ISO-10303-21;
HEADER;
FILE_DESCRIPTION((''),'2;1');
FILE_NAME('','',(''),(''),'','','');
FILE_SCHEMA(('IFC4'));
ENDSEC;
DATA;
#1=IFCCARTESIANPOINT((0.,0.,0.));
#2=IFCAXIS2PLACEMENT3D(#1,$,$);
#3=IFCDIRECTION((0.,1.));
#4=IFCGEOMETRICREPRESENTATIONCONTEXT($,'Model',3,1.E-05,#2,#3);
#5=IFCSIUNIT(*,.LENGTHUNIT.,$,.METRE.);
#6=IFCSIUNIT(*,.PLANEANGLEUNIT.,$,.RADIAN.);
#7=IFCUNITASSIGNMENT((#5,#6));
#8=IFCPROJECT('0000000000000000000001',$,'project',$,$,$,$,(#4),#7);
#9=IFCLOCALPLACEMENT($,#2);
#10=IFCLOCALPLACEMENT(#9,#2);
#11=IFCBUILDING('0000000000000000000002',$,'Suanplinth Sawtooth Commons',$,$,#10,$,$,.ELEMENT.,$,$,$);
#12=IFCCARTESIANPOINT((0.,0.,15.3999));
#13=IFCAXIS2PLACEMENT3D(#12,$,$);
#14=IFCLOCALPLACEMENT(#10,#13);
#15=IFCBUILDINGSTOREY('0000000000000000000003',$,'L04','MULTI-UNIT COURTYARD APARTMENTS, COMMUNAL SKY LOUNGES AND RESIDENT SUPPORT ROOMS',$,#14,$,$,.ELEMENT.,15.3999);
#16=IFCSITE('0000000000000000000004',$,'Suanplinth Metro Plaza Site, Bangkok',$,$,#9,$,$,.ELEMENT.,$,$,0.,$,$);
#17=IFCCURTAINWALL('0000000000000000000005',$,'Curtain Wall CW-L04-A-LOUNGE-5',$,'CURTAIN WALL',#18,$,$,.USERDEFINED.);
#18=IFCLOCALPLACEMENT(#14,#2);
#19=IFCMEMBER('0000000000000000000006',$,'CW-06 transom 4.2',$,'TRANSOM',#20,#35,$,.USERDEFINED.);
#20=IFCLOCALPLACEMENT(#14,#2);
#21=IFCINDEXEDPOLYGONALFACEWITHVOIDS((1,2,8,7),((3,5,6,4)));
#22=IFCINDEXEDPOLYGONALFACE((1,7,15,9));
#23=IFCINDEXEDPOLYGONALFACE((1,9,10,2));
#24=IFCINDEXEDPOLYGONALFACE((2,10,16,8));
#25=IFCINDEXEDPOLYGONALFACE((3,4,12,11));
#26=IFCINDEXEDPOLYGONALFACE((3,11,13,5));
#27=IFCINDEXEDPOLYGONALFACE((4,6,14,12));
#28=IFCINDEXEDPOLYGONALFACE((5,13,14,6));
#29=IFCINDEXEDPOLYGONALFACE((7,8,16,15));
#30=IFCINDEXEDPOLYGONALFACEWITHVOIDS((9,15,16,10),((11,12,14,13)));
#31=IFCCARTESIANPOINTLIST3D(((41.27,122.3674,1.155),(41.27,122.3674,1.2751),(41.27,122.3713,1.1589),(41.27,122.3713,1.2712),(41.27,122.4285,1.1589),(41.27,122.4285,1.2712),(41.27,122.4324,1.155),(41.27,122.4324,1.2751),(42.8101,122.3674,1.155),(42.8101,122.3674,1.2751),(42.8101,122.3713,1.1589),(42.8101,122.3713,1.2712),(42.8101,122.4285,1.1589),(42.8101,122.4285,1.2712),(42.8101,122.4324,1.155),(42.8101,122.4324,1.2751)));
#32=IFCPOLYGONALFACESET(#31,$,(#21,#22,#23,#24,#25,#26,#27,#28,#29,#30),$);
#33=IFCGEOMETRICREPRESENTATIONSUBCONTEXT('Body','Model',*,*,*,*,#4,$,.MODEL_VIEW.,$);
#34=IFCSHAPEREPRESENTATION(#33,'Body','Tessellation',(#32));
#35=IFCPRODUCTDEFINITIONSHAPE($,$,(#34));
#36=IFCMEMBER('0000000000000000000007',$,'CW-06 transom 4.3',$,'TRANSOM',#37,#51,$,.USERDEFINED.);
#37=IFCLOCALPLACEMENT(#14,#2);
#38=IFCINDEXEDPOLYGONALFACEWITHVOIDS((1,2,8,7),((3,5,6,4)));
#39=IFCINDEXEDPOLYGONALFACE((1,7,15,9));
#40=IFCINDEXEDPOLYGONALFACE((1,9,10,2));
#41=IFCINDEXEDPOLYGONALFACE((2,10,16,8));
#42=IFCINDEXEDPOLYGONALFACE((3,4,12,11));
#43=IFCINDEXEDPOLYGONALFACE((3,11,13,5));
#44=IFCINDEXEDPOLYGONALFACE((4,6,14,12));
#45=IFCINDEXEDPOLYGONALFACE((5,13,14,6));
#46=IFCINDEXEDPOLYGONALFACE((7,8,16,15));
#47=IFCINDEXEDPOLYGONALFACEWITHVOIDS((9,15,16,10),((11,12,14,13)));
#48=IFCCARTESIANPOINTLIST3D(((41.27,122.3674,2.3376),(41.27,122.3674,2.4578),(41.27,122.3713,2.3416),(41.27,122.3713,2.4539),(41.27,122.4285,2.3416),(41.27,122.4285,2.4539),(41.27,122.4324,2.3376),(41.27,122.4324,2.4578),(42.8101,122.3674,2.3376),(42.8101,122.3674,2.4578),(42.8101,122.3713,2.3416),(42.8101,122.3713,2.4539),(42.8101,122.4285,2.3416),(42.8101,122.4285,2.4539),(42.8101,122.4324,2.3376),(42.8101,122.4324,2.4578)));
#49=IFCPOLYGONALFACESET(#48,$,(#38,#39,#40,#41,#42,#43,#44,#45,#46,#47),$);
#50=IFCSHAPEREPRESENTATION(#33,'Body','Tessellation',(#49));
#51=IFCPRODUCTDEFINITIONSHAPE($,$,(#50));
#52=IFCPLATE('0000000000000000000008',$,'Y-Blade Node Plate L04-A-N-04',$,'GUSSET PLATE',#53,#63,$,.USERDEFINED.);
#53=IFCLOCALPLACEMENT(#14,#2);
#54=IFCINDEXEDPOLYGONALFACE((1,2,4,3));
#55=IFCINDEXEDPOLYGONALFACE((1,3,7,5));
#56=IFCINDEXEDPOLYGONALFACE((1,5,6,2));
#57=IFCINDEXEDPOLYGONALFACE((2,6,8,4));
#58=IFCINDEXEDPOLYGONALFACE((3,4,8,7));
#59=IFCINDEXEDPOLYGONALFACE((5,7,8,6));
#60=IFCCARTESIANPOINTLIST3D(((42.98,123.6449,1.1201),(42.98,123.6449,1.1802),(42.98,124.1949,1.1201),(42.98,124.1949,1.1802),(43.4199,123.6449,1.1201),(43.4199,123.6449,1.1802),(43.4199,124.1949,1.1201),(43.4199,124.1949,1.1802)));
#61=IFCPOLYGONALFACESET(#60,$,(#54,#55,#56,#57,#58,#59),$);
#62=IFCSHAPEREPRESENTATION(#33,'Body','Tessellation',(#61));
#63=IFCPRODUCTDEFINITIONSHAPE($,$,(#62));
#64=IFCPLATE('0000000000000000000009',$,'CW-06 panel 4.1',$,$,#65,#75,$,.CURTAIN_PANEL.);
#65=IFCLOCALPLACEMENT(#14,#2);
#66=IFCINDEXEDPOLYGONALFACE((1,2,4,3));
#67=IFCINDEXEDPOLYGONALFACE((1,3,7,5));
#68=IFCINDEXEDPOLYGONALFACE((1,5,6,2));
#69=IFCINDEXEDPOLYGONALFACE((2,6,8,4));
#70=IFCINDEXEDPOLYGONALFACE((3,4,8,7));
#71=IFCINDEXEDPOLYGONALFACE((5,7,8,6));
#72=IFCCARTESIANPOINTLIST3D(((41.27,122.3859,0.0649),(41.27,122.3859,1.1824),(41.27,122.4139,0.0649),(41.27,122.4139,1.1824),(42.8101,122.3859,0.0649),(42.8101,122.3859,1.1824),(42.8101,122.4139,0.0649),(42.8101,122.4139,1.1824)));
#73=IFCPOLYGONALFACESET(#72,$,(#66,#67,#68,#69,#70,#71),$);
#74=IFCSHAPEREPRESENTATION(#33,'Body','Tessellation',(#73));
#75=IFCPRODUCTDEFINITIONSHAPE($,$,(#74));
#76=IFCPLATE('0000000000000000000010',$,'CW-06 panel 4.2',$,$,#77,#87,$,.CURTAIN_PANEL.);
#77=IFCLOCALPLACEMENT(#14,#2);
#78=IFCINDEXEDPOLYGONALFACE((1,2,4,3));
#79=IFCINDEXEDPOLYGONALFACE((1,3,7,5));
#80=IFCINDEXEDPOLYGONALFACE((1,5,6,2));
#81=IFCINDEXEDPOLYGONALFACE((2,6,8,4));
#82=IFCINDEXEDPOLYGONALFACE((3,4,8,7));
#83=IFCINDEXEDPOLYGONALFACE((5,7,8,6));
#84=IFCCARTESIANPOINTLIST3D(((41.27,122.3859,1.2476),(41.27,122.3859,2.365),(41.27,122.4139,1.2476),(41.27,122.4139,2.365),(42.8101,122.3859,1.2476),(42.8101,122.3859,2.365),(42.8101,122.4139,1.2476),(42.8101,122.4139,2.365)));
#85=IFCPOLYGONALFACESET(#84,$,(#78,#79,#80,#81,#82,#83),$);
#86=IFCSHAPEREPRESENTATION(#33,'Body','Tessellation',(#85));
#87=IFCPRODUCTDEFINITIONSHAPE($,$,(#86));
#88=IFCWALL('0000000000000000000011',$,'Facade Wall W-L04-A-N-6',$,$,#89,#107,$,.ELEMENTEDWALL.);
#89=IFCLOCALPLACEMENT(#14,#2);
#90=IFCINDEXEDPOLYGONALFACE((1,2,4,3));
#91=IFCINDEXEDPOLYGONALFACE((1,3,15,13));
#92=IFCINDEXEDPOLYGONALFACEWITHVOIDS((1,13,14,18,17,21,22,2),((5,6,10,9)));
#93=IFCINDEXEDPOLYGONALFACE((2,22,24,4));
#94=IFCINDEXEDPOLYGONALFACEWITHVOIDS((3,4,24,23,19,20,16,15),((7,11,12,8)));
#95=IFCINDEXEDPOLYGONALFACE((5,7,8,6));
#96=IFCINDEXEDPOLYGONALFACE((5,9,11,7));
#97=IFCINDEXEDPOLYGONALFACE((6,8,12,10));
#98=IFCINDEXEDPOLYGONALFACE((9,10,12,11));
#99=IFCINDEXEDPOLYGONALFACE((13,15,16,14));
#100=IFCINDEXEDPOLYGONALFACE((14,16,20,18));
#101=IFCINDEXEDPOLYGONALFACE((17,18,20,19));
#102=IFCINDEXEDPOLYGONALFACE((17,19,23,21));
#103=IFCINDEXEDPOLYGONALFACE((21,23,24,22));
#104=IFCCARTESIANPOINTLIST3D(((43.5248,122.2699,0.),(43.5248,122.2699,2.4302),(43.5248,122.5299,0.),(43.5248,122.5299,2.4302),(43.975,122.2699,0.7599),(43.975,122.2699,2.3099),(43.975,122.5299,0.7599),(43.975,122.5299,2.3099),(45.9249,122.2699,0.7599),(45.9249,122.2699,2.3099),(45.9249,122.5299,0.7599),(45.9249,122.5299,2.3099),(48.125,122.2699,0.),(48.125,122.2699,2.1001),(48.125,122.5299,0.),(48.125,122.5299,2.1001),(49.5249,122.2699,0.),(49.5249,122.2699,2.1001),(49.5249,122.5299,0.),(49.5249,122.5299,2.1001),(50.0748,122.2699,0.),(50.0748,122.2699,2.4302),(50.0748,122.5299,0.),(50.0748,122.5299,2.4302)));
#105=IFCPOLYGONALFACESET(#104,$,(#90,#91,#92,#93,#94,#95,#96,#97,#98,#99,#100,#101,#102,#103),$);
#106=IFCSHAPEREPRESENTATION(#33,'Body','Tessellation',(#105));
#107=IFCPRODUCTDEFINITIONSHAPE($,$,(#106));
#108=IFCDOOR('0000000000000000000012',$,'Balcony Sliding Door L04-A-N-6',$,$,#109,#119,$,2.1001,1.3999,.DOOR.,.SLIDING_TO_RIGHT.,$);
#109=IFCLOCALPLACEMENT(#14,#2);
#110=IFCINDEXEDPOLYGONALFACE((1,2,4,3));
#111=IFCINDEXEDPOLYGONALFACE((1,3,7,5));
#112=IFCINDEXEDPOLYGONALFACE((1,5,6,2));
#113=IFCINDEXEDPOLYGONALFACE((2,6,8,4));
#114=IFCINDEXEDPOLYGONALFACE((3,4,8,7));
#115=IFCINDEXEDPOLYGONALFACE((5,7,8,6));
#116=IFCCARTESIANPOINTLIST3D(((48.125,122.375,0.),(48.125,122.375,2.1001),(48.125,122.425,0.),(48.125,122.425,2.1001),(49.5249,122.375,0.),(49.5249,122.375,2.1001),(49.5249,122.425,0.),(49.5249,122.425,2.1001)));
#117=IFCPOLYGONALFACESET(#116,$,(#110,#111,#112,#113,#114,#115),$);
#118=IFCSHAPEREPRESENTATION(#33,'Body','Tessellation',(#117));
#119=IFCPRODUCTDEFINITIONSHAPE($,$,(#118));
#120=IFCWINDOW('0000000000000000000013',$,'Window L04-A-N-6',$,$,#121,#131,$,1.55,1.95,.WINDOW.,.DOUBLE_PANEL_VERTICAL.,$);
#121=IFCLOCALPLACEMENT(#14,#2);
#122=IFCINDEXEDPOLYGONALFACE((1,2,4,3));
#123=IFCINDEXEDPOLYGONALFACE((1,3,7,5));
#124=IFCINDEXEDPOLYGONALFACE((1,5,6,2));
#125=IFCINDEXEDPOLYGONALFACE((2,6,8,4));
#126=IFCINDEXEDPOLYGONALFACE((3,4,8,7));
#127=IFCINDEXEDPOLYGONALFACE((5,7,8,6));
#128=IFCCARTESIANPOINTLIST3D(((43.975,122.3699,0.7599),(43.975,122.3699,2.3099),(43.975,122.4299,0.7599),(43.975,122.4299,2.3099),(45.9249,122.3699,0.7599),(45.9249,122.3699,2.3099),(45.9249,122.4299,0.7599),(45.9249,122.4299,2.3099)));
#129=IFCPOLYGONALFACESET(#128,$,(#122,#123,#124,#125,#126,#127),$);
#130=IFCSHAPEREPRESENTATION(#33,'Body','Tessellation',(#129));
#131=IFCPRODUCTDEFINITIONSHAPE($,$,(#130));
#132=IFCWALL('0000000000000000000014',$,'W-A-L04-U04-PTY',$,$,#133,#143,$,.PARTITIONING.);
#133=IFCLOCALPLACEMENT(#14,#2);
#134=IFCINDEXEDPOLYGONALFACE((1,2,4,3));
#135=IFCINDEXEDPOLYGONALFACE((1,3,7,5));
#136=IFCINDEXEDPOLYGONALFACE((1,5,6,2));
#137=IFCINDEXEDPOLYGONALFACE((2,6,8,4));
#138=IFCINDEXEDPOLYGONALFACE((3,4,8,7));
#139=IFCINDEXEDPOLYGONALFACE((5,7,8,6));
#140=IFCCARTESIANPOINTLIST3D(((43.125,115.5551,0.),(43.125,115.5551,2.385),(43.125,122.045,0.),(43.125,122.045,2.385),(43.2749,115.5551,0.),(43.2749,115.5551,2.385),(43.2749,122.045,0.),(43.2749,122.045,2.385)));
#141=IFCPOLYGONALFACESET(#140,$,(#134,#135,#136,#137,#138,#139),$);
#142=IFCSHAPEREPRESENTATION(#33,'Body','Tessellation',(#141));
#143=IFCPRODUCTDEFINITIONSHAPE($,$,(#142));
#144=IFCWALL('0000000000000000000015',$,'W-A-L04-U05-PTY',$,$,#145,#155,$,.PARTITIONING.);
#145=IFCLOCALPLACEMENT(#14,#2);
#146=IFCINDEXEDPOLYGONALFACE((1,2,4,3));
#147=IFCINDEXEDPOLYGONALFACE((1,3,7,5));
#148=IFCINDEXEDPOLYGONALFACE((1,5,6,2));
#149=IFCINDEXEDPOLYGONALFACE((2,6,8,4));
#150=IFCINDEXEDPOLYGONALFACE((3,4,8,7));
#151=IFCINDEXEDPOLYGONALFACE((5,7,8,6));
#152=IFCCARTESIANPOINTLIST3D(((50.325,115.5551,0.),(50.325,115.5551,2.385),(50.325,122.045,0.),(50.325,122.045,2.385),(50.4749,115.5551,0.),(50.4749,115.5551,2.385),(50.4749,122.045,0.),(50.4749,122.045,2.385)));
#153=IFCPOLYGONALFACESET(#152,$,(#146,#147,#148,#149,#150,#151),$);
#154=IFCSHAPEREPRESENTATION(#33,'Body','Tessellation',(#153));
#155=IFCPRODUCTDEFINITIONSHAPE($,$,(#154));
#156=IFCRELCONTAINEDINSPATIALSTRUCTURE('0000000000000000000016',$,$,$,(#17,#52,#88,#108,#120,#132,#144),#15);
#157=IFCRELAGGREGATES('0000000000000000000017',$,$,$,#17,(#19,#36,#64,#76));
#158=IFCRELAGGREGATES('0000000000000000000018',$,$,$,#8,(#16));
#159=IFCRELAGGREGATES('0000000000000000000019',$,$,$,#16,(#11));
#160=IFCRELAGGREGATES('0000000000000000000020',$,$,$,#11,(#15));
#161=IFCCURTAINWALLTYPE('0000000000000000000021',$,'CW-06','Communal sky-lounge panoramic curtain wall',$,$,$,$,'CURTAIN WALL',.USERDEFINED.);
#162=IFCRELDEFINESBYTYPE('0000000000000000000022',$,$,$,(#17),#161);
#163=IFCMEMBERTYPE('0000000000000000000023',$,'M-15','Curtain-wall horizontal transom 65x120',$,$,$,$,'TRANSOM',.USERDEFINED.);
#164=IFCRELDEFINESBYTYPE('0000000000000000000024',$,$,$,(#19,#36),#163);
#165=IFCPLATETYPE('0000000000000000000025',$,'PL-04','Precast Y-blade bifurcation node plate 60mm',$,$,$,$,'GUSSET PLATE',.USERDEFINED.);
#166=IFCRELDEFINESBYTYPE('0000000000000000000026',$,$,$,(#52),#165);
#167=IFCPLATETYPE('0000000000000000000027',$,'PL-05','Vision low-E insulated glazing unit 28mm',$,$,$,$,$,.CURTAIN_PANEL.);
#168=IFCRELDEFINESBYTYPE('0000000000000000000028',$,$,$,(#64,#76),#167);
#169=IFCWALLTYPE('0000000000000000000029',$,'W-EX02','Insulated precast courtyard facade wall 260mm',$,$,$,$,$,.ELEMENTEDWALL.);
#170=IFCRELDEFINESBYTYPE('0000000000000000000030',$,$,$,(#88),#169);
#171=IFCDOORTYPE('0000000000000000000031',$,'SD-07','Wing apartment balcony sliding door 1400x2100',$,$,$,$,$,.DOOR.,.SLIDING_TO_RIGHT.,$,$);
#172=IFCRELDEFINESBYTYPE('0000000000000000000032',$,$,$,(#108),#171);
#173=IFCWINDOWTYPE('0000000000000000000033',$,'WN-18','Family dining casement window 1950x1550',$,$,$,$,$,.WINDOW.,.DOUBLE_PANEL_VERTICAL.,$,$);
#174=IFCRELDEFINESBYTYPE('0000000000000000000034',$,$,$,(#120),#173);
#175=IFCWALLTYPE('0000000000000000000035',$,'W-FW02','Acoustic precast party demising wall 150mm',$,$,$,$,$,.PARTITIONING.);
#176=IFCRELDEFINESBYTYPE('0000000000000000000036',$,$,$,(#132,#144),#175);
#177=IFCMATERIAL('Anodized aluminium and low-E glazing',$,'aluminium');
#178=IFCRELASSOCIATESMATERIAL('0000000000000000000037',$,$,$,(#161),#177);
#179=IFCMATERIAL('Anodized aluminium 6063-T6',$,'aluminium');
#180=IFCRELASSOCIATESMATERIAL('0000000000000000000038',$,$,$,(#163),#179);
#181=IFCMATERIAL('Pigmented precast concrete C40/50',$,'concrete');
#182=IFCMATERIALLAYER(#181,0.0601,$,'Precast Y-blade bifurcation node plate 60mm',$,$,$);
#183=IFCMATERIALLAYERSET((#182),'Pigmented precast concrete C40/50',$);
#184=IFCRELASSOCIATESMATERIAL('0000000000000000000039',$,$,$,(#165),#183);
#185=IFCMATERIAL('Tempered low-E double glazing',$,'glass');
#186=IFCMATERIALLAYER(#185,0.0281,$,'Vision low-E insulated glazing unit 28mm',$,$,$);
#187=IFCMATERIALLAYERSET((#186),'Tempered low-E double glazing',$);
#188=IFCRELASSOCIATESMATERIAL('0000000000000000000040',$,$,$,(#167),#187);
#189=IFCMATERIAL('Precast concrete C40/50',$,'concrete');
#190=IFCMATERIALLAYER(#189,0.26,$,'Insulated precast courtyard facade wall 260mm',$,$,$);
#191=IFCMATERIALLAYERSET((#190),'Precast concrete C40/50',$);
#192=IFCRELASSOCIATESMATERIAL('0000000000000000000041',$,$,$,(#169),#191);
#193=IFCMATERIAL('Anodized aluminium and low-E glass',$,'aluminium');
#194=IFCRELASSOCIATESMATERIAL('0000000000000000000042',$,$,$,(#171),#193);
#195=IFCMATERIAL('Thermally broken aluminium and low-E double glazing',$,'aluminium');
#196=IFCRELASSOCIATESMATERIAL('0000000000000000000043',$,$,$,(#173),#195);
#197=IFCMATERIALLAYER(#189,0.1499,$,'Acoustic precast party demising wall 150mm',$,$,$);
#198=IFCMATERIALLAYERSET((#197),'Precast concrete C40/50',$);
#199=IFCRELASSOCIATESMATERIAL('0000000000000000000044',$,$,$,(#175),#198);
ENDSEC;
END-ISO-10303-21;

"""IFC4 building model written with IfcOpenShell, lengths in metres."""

from ifc_helpers import new_model, si_unit, direction, frame, frame_2d, origin, origin_2d, place, context, subcontext, project, spatial, rectangle, hollow_rectangle, extrude, material, layer, layer_set, material_profile, profile_set, type_object, element, fill, aggregate, save


model = new_model("IFC4")

# Units and contexts
model_context = context("Model", 3, precision=1e-05, world=origin(), true_north=direction((0.0, 1.0)))
body_context = subcontext(model_context, "Body", "Model", "MODEL_VIEW")
ifc_project = project(units=[si_unit("LENGTHUNIT", "METRE"), si_unit("PLANEANGLEUNIT", "RADIAN")], contexts=[model_context])

# Site, building, storey
site_placement = place(None, origin())
site = spatial("IfcSite", under=ifc_project, at=site_placement, Name="Suanplinth Metro Plaza Site, Bangkok", CompositionType="ELEMENT", RefElevation=0.0)
building_placement = place(site_placement, origin())
building = spatial("IfcBuilding", under=site, at=building_placement, Name="Suanplinth Sawtooth Commons", CompositionType="ELEMENT")
storey_placement = place(building_placement, frame((0.0, 0.0, 15.3999)))
storey = spatial("IfcBuildingStorey", under=building, at=storey_placement, Name="L04", Description="MULTI-UNIT COURTYARD APARTMENTS, COMMUNAL SKY LOUNGES AND RESIDENT SUPPORT ROOMS", CompositionType="ELEMENT", Elevation=15.3999)

# Shared definitions
ifc_material_1 = material(Name="Precast concrete C40/50", Category="concrete")

# Shared definitions
ifc_material_2 = material(Name="Pigmented precast concrete C40/50", Category="concrete")

# Curtain wall, members
ifc_material_3 = material(Name="Anodized aluminium and low-E glazing", Category="aluminium")
curtain_wall_type = type_object("IfcCurtainWallType", Name="CW-06", Description="Communal sky-lounge panoramic curtain wall", ElementType="CURTAIN WALL", PredefinedType="USERDEFINED", material=ifc_material_3)
curtain_wall_placement = place(storey_placement, origin())
curtain_wall = element("IfcCurtainWall", 1, at=curtain_wall_placement, inside=storey, type_object=curtain_wall_type, Name="Curtain Wall CW-L04-A-LOUNGE-5", ObjectType="CURTAIN WALL", PredefinedType="USERDEFINED")
ifc_material_4 = material(Name="Anodized aluminium 6063-T6", Category="aluminium")
ifc_material_profile_1 = material_profile(ifc_material_4, hollow_rectangle(XDim=0.0649, YDim=0.1201, WallThickness=0.0039, at=origin_2d()), Name="ALU-TRN 65x120")
ifc_profile_set_1 = profile_set([ifc_material_profile_1], Name="Anodized aluminium 6063-T6")
member_type_1 = type_object("IfcMemberType", Name="M-15", Description="Curtain-wall horizontal transom 65x120", ElementType="TRANSOM", PredefinedType="USERDEFINED", material=ifc_profile_set_1)
member_1_placement = place(storey_placement, frame((41.27, 122.3999, 1.2151), z_axis=(1.0, 0.0, 0.0), x_axis=(0.0, 1.0, 0.0)))
member_1 = element("IfcMember", 2, at=member_1_placement, type_object=member_type_1, Name="CW-06 transom 4.2", ObjectType="TRANSOM", PredefinedType="USERDEFINED", context=body_context, shape_type="SweptSolid", body=[
    extrude(hollow_rectangle(XDim=0.0649, YDim=0.1201, WallThickness=0.0039, at=origin_2d()), origin(), (0.0, 0.0, 1.0), 1.54),
])
member_2_placement = place(storey_placement, frame((41.27, 122.3999, 2.3977), z_axis=(1.0, 0.0, 0.0), x_axis=(0.0, 1.0, 0.0)))
member_2 = element("IfcMember", 3, at=member_2_placement, type_object=member_type_1, Name="CW-06 transom 4.3", ObjectType="TRANSOM", PredefinedType="USERDEFINED", context=body_context, shape_type="SweptSolid", body=[
    extrude(hollow_rectangle(XDim=0.0649, YDim=0.1201, WallThickness=0.0039, at=origin_2d()), origin(), (0.0, 0.0, 1.0), 1.54),
])

# Plates
ifc_layer_1 = layer(ifc_material_2, 0.0601, Name="Precast Y-blade bifurcation node plate 60mm")
ifc_layer_set_1 = layer_set([ifc_layer_1], Name="Pigmented precast concrete C40/50")
plate_type_1 = type_object("IfcPlateType", Name="PL-04", Description="Precast Y-blade bifurcation node plate 60mm", ElementType="GUSSET PLATE", PredefinedType="USERDEFINED", material=ifc_layer_set_1)
plate_1_placement = place(storey_placement, frame((43.2, 123.9199, 1.1201), z_axis=(0.0, 0.0, 1.0), x_axis=(1.0, 0.0, 0.0)))
element("IfcPlate", 4, at=plate_1_placement, inside=storey, type_object=plate_type_1, Name="Y-Blade Node Plate L04-A-N-04", ObjectType="GUSSET PLATE", PredefinedType="USERDEFINED", context=body_context, shape_type="SweptSolid", body=[
    extrude(rectangle(XDim=0.4399, YDim=0.55, at=origin_2d()), origin(), (0.0, 0.0, 1.0), 0.0601),
])
ifc_material_5 = material(Name="Tempered low-E double glazing", Category="glass")
ifc_layer_2 = layer(ifc_material_5, 0.0281, Name="Vision low-E insulated glazing unit 28mm")
ifc_layer_set_2 = layer_set([ifc_layer_2], Name="Tempered low-E double glazing")
plate_type_2 = type_object("IfcPlateType", Name="PL-05", Description="Vision low-E insulated glazing unit 28mm", PredefinedType="CURTAIN_PANEL", material=ifc_layer_set_2)
plate_2_placement = place(storey_placement, frame((42.04, 122.3999, 0.0649), z_axis=(0.0, 0.0, 1.0), x_axis=(1.0, 0.0, 0.0)))
plate_2 = element("IfcPlate", 5, at=plate_2_placement, type_object=plate_type_2, Name="CW-06 panel 4.1", PredefinedType="CURTAIN_PANEL", context=body_context, shape_type="SweptSolid", body=[
    extrude(rectangle(XDim=1.54, YDim=0.0281, at=origin_2d()), origin(), (0.0, 0.0, 1.0), 1.1174),
])
plate_3_placement = place(storey_placement, frame((42.04, 122.3999, 1.2476), z_axis=(0.0, 0.0, 1.0), x_axis=(1.0, 0.0, 0.0)))
plate_3 = element("IfcPlate", 6, at=plate_3_placement, type_object=plate_type_2, Name="CW-06 panel 4.2", PredefinedType="CURTAIN_PANEL", context=body_context, shape_type="SweptSolid", body=[
    extrude(rectangle(XDim=1.54, YDim=0.0281, at=origin_2d()), origin(), (0.0, 0.0, 1.0), 1.1174),
])
aggregate(curtain_wall, [member_1, member_2, plate_2, plate_3])

# Wall, openings, door, window
ifc_layer_3 = layer(ifc_material_1, 0.26, Name="Insulated precast courtyard facade wall 260mm")
ifc_layer_set_3 = layer_set([ifc_layer_3], Name="Precast concrete C40/50")
wall_type_1 = type_object("IfcWallType", Name="W-EX02", Description="Insulated precast courtyard facade wall 260mm", PredefinedType="ELEMENTEDWALL", material=ifc_layer_set_3)
wall_1_placement = place(storey_placement, frame((43.5249, 122.3999, 0.0), z_axis=(0.0, 0.0, 1.0), x_axis=(1.0, 0.0, 0.0)))
wall_1 = element("IfcWall", 7, at=wall_1_placement, inside=storey, type_object=wall_type_1, Name="Facade Wall W-L04-A-N-6", PredefinedType="ELEMENTEDWALL", context=body_context, shape_type="SweptSolid", body=[
    extrude(rectangle(XDim=6.55, YDim=0.26, at=frame_2d((3.2749, 0.0))), origin(), (0.0, 0.0, 1.0), 2.4302),
])
opening_1_placement = place(wall_1_placement, frame((4.6001, 0.0, 0.0)))
opening_1 = element("IfcOpeningElement", 8, at=opening_1_placement, cuts=wall_1, PredefinedType="OPENING", context=body_context, shape_type="SweptSolid", body=[
    extrude(rectangle(XDim=1.3999, YDim=2.1001, at=frame_2d((0.7, 1.05))), frame((0.0, 0.145, 0.0), z_axis=(0.0, -1.0, 0.0), x_axis=(1.0, 0.0, 0.0)), (0.0, 0.0, 1.0), 0.2898),
])
opening_2_placement = place(wall_1_placement, frame((0.45, 0.0, 0.76)))
opening_2 = element("IfcOpeningElement", 9, at=opening_2_placement, cuts=wall_1, PredefinedType="OPENING", context=body_context, shape_type="SweptSolid", body=[
    extrude(rectangle(XDim=1.95, YDim=1.55, at=frame_2d((0.9751, 0.7749))), frame((0.0, 0.145, 0.0), z_axis=(0.0, -1.0, 0.0), x_axis=(1.0, 0.0, 0.0)), (0.0, 0.0, 1.0), 0.2898),
])
ifc_material_6 = material(Name="Anodized aluminium and low-E glass", Category="aluminium")
door_type_1 = type_object("IfcDoorType", Name="SD-07", Description="Wing apartment balcony sliding door 1400x2100", OperationType="SLIDING_TO_RIGHT", PredefinedType="DOOR", material=ifc_material_6)
door_1_placement = place(opening_1_placement, frame((1.3999, 0.0, 0.0), z_axis=(0.0, 0.0, 1.0), x_axis=(-1.0, 0.0, 0.0)))
door_1 = element("IfcDoor", 10, at=door_1_placement, inside=storey, type_object=door_type_1, Name="Balcony Sliding Door L04-A-N-6", OperationType="SLIDING_TO_RIGHT", OverallHeight=2.1001, OverallWidth=1.3999, PredefinedType="DOOR", context=body_context, shape_type="SweptSolid", body=[
    extrude(rectangle(XDim=1.3999, YDim=2.1001, at=frame_2d((0.7, 1.05))), frame((0.0, 0.0249, 0.0), z_axis=(0.0, -1.0, 0.0), x_axis=(1.0, 0.0, 0.0)), (0.0, 0.0, 1.0), 0.05),
])
fill(opening_1, door_1)
ifc_material_7 = material(Name="Thermally broken aluminium and low-E double glazing", Category="aluminium")
window_type = type_object("IfcWindowType", Name="WN-18", Description="Family dining casement window 1950x1550", PartitioningType="DOUBLE_PANEL_VERTICAL", PredefinedType="WINDOW", material=ifc_material_7)
window_placement = place(opening_2_placement, origin())
window = element("IfcWindow", 11, at=window_placement, inside=storey, type_object=window_type, Name="Window L04-A-N-6", OverallHeight=1.55, OverallWidth=1.95, PartitioningType="DOUBLE_PANEL_VERTICAL", PredefinedType="WINDOW", context=body_context, shape_type="SweptSolid", body=[
    extrude(rectangle(XDim=1.95, YDim=1.55, at=frame_2d((0.9751, 0.7749))), frame((0.0, 0.03, 0.0), z_axis=(0.0, -1.0, 0.0), x_axis=(1.0, 0.0, 0.0)), (0.0, 0.0, 1.0), 0.0601),
])
fill(opening_2, window)

# Walls
ifc_layer_4 = layer(ifc_material_1, 0.1499, Name="Acoustic precast party demising wall 150mm")
ifc_layer_set_4 = layer_set([ifc_layer_4], Name="Precast concrete C40/50")
wall_type_2 = type_object("IfcWallType", Name="W-FW02", Description="Acoustic precast party demising wall 150mm", PredefinedType="PARTITIONING", material=ifc_layer_set_4)
for number, where, z_axis, x_axis, name in (
    (12, (43.2, 115.5549, 0.0), (0.0, 0.0, 1.0), (0.0, 1.0, 0.0), "W-A-L04-U04-PTY"),
    (13, (50.3999, 115.5549, 0.0), (0.0, 0.0, 1.0), (0.0, 1.0, 0.0), "W-A-L04-U05-PTY"),
):
    element("IfcWall", number, at=place(storey_placement, frame(where, z_axis=z_axis, x_axis=x_axis)), inside=storey, type_object=wall_type_2, Name=name, PredefinedType="PARTITIONING", context=body_context, shape_type="SweptSolid", body=[
        extrude(rectangle(XDim=6.49, YDim=0.1499, at=frame_2d((3.2451, 0.0))), origin(), (0.0, 0.0, 1.0), 2.385),
    ])

save(model, "model.ifc")
